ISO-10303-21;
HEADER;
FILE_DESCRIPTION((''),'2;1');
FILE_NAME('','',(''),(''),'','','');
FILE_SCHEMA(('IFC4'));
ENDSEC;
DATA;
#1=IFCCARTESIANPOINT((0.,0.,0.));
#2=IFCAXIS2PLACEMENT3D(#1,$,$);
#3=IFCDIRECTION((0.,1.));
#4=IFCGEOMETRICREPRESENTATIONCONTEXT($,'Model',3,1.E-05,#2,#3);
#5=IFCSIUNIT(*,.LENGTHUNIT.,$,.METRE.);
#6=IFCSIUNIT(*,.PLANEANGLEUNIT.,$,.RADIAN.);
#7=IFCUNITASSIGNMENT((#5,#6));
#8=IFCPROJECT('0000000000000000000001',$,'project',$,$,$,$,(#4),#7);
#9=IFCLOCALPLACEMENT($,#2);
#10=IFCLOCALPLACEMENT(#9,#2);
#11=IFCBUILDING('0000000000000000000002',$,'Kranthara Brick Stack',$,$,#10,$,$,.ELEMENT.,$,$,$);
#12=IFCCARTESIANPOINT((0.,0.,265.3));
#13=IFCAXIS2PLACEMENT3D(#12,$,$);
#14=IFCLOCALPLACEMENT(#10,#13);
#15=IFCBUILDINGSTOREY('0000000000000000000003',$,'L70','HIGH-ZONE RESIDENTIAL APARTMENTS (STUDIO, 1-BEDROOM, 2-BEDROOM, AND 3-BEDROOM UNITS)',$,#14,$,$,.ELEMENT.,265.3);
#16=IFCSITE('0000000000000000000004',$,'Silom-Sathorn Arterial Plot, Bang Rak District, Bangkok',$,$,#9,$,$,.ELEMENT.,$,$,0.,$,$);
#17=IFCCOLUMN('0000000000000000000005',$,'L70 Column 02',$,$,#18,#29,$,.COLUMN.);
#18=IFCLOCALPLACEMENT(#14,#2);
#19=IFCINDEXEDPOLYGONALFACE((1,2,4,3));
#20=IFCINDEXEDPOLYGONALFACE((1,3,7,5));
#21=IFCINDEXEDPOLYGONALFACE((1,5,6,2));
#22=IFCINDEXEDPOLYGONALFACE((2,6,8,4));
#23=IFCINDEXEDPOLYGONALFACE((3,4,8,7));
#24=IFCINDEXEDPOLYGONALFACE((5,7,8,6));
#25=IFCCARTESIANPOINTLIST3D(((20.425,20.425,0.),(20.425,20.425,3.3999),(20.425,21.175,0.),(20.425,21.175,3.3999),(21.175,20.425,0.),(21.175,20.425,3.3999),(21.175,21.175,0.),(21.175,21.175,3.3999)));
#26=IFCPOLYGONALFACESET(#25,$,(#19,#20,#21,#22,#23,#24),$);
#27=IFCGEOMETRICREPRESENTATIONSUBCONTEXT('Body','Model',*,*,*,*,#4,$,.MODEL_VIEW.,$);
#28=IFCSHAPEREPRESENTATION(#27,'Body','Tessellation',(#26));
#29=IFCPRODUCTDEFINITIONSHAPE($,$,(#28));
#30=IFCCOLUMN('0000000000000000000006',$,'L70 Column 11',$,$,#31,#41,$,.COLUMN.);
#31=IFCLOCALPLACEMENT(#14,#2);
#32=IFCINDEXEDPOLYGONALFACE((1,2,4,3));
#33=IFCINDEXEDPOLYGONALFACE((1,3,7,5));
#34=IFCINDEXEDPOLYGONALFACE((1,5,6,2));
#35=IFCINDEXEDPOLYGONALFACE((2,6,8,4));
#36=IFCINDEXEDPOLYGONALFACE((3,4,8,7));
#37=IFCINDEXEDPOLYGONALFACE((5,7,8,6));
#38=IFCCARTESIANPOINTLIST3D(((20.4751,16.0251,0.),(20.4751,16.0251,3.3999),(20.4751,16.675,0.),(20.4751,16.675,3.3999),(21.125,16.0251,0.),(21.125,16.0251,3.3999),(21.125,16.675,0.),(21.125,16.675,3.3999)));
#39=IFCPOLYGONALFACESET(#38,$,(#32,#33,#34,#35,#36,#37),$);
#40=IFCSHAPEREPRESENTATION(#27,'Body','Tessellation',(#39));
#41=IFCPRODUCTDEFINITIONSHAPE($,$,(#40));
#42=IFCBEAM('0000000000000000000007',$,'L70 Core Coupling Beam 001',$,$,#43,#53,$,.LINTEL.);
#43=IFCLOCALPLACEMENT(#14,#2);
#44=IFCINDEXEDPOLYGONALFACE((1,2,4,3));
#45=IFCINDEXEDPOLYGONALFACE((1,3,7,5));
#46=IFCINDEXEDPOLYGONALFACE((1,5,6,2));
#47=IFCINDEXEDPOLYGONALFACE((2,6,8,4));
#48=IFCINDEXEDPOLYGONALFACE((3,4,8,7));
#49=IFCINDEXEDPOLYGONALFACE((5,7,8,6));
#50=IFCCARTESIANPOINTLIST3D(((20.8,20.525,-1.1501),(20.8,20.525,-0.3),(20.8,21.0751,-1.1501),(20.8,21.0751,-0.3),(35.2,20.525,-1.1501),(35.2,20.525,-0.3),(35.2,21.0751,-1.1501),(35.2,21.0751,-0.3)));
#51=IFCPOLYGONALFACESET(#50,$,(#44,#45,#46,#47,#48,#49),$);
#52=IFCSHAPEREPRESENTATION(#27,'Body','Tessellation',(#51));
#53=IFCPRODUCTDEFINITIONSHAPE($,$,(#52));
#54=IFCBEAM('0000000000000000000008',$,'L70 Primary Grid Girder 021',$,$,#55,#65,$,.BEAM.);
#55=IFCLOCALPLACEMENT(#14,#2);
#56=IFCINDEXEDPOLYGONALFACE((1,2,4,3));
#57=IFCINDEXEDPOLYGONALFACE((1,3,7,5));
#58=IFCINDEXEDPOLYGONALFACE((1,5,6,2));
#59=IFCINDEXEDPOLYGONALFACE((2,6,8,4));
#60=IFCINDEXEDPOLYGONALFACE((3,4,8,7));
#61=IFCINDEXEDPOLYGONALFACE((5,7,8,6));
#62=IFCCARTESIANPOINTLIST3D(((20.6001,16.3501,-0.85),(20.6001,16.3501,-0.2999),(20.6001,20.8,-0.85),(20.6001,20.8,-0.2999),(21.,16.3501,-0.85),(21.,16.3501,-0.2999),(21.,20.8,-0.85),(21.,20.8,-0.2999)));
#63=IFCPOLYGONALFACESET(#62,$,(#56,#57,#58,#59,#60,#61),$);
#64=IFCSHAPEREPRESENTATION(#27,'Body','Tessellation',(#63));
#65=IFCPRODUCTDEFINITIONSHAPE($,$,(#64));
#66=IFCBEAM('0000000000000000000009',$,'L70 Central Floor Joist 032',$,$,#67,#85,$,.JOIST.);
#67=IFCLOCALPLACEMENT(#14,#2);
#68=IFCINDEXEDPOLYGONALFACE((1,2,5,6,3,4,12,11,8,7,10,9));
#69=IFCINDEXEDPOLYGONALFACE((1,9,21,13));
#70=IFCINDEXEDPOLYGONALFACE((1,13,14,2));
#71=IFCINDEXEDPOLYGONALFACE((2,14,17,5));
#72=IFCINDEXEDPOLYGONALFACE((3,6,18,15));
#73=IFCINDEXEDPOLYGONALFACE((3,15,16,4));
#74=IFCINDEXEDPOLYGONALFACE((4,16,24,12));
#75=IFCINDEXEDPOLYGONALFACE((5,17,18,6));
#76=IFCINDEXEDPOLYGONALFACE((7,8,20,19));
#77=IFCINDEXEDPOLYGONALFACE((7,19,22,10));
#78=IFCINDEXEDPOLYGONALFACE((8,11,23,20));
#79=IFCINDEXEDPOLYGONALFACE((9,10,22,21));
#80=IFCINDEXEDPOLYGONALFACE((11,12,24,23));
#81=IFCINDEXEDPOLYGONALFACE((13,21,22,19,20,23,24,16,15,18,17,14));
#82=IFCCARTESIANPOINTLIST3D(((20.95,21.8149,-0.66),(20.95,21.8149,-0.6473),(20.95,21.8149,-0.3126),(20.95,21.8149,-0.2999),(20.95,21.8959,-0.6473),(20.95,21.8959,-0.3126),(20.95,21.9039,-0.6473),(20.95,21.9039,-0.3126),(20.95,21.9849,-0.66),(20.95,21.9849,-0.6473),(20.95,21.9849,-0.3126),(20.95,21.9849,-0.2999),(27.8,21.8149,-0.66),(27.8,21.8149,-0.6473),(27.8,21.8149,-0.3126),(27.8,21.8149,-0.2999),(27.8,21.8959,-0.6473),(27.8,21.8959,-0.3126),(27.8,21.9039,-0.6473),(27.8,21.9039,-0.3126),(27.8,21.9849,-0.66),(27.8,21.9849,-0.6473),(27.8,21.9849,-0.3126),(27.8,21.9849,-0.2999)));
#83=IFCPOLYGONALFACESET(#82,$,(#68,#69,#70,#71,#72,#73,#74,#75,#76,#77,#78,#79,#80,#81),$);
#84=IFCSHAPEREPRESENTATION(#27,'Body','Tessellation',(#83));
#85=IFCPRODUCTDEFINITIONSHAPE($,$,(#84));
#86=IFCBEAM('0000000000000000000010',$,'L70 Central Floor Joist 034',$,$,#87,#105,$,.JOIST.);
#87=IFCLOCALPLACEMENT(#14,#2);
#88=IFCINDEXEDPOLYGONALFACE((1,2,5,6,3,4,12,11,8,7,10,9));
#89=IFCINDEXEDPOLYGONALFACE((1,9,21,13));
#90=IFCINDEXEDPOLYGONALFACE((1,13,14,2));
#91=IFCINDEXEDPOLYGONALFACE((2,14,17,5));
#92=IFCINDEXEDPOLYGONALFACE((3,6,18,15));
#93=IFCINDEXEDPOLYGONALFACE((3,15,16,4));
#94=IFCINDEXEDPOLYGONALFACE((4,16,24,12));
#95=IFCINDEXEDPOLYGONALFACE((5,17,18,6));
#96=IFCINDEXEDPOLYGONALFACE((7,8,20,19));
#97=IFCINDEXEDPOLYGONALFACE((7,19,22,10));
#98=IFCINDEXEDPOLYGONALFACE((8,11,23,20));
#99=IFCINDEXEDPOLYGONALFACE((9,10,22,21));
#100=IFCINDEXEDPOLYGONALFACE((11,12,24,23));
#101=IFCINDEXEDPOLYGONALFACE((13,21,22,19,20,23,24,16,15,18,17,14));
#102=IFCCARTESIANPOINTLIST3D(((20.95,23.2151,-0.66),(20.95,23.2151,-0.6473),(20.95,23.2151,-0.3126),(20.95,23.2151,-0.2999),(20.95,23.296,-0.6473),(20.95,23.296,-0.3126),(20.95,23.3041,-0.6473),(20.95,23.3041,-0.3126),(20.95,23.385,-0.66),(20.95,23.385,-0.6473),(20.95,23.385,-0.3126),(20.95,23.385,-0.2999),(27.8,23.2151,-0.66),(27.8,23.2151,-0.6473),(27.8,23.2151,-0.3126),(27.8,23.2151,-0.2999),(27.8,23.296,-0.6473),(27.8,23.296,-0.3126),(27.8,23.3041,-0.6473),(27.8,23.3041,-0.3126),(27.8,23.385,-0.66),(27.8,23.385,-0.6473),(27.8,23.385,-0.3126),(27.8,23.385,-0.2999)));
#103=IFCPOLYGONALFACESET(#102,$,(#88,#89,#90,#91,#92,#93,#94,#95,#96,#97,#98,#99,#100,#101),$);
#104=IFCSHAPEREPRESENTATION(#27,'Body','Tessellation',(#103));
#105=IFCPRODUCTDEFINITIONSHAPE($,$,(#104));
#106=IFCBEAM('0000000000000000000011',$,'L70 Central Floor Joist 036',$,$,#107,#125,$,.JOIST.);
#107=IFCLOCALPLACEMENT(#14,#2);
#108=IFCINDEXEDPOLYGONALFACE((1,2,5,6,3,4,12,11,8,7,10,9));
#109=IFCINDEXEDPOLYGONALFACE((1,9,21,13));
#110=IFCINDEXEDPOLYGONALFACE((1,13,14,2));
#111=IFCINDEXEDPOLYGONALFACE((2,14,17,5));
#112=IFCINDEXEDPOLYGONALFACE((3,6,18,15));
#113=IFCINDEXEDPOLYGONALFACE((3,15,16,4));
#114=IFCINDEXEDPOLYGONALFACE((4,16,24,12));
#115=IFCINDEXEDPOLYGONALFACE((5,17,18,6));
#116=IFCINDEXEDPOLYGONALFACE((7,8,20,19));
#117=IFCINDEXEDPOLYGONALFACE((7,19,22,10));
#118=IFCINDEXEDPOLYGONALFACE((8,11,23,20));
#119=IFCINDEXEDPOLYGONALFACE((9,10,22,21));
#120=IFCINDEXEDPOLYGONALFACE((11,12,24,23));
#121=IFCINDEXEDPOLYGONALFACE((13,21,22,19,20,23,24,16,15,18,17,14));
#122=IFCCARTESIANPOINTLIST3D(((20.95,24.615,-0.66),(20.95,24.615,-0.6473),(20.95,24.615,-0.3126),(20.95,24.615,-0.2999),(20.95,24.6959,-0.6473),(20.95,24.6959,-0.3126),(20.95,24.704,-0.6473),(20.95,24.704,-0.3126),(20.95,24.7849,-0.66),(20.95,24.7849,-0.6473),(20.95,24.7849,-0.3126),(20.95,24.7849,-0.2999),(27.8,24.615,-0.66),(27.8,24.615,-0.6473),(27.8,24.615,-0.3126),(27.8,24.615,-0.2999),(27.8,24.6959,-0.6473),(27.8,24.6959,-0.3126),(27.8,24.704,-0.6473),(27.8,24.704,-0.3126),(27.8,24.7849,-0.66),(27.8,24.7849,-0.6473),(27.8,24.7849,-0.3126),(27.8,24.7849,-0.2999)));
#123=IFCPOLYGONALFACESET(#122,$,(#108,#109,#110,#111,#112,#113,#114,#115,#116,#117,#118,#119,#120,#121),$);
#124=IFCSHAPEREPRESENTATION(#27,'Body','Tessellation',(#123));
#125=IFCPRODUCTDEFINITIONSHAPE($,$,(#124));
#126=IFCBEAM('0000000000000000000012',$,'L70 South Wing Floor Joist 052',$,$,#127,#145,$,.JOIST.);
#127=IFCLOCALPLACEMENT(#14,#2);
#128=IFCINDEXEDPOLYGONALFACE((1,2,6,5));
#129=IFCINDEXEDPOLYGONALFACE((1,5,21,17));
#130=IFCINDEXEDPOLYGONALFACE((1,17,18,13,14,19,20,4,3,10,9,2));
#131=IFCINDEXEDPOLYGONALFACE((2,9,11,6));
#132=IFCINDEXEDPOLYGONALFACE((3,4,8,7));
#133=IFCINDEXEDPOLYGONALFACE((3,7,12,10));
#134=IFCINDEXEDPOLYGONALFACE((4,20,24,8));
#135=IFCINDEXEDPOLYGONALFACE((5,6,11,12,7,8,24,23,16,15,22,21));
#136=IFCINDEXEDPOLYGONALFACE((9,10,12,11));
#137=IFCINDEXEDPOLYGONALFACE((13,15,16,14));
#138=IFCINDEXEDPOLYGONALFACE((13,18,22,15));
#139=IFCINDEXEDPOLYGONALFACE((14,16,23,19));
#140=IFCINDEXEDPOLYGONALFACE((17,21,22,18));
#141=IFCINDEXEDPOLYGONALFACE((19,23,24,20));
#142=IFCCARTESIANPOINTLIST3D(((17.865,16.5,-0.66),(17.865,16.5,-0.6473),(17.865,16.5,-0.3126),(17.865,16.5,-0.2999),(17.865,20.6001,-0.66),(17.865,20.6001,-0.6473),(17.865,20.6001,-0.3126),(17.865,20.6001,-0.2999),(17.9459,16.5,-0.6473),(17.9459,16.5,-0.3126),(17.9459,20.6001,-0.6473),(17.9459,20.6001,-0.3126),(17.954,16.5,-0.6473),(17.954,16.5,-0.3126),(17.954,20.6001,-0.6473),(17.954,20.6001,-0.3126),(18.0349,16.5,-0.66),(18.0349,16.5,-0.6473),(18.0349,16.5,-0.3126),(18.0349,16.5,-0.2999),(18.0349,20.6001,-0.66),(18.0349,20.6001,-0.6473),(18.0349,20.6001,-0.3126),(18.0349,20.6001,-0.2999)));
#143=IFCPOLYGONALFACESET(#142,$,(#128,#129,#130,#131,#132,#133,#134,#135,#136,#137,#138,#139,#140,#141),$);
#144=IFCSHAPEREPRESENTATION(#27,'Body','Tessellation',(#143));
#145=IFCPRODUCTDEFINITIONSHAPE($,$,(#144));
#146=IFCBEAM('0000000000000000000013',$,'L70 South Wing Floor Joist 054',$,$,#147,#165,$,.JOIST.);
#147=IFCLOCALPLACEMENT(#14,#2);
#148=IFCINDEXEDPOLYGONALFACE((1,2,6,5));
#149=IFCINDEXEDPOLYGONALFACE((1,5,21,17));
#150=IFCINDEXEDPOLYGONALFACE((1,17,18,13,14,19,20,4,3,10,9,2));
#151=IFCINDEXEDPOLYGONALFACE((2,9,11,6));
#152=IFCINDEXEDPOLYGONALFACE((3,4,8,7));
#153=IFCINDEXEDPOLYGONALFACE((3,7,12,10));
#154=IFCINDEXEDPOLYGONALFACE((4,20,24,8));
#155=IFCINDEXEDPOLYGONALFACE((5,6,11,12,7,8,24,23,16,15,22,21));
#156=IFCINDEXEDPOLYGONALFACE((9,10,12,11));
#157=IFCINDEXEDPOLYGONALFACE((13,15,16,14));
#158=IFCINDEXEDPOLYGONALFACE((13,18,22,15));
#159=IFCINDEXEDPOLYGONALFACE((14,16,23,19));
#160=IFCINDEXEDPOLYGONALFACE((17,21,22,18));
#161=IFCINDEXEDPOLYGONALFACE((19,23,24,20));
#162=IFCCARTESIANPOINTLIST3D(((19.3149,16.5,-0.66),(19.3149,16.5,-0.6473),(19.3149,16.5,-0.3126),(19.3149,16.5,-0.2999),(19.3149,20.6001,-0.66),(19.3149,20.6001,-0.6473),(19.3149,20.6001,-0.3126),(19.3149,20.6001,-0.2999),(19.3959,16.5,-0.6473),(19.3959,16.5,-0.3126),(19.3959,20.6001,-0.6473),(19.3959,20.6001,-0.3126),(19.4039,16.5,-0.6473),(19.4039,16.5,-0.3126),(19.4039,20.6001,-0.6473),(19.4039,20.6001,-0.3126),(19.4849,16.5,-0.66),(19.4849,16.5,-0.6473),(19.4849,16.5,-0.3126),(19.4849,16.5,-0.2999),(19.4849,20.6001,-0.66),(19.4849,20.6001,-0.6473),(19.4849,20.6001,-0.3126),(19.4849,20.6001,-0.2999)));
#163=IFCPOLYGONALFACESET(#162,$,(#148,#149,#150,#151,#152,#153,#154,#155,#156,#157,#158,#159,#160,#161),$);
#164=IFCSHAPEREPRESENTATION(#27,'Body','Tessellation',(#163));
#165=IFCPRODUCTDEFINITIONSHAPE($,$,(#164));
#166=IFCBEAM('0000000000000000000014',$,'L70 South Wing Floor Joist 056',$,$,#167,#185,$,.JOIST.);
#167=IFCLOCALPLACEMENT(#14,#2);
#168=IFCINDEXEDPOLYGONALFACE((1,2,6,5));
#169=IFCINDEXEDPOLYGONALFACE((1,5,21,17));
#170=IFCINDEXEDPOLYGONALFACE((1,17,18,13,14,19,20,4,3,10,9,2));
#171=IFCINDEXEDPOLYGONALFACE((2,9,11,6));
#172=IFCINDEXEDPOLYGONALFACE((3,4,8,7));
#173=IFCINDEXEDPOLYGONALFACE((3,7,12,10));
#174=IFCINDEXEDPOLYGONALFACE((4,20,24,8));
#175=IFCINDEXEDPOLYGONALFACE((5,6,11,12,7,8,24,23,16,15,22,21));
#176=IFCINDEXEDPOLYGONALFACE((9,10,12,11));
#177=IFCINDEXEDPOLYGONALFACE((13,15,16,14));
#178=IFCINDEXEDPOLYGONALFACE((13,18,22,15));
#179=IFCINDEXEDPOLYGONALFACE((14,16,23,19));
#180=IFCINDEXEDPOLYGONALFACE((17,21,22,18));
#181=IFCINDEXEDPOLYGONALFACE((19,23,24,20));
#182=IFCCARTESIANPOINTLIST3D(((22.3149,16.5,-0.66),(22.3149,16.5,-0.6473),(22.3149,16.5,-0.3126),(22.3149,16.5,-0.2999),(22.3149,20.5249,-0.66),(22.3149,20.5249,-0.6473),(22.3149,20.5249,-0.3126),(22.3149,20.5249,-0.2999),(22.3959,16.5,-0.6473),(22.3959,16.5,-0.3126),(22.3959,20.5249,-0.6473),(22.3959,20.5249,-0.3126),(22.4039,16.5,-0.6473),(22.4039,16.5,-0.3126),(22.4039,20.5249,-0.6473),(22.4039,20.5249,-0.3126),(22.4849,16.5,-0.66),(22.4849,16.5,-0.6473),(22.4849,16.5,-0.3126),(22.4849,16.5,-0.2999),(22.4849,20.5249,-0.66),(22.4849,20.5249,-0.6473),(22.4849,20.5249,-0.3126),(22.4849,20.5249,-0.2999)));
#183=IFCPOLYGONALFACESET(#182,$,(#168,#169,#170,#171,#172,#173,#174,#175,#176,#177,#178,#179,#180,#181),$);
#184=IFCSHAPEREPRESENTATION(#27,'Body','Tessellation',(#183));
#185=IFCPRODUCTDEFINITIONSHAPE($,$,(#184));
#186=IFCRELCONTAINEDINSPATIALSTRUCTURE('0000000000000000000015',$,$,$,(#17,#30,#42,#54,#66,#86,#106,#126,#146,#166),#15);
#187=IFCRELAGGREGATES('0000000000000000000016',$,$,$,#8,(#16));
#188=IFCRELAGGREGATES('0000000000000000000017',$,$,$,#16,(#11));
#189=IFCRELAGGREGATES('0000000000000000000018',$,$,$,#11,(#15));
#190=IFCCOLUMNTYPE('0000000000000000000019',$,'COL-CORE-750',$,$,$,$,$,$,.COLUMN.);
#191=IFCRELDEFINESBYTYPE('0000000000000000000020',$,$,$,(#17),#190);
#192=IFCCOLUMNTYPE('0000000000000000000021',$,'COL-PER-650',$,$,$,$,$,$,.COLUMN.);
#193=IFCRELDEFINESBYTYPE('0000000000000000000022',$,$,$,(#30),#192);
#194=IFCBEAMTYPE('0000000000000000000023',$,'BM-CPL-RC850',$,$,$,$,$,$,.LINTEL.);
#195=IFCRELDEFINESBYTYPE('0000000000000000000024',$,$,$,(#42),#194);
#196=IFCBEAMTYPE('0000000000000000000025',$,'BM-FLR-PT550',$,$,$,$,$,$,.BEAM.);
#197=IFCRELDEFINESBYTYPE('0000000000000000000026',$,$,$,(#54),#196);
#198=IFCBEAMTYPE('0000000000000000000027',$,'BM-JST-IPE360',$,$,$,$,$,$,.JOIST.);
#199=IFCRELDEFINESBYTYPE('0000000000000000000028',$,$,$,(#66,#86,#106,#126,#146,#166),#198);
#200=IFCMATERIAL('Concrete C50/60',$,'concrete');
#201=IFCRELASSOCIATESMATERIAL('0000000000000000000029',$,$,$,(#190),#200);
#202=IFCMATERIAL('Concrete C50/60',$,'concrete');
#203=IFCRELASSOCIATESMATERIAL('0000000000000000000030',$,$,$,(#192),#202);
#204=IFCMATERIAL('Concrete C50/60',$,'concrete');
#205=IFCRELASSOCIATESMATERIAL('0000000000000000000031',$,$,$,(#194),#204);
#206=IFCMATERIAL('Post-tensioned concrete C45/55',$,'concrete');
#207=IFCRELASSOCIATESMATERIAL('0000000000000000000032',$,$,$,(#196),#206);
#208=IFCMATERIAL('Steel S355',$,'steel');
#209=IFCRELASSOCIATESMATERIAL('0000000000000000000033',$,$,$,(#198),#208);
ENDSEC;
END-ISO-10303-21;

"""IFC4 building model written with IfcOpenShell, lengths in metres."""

from ifc_helpers import new_model, si_unit, direction, frame, origin, origin_2d, place, context, subcontext, project, spatial, rectangle, i_section, extrude, material, material_profile, profile_set, type_object, element, save


model = new_model("IFC4")

# Units and contexts
model_context = context("Model", 3, precision=1e-05, world=origin(), true_north=direction((0.0, 1.0)))
body_context = subcontext(model_context, "Body", "Model", "MODEL_VIEW")
ifc_project = project(units=[si_unit("LENGTHUNIT", "METRE"), si_unit("PLANEANGLEUNIT", "RADIAN")], contexts=[model_context])

# Site, building, storey
site_placement = place(None, origin())
site = spatial("IfcSite", under=ifc_project, at=site_placement, Name="Silom-Sathorn Arterial Plot, Bang Rak District, Bangkok", CompositionType="ELEMENT", RefElevation=0.0)
building_placement = place(site_placement, origin())
building = spatial("IfcBuilding", under=site, at=building_placement, Name="Kranthara Brick Stack", CompositionType="ELEMENT")
storey_placement = place(building_placement, frame((0.0, 0.0, 265.3)))
storey = spatial("IfcBuildingStorey", under=building, at=storey_placement, Name="L70", Description="HIGH-ZONE RESIDENTIAL APARTMENTS (STUDIO, 1-BEDROOM, 2-BEDROOM, AND 3-BEDROOM UNITS)", CompositionType="ELEMENT", Elevation=265.3)

# Columns
ifc_material_1 = material(Name="Concrete C50/60", Category="concrete")
ifc_material_profile_1 = material_profile(ifc_material_1, rectangle(XDim=0.75, YDim=0.75, at=origin_2d()), Name="RC 750x750")
ifc_profile_set_1 = profile_set([ifc_material_profile_1], Name="Concrete C50/60")
column_type_1 = type_object("IfcColumnType", Name="COL-CORE-750", PredefinedType="COLUMN", material=ifc_profile_set_1)
column_1_placement = place(storey_placement, frame((20.8, 20.8, 0.0), z_axis=(0.0, 0.0, 1.0), x_axis=(1.0, 0.0, 0.0)))
element("IfcColumn", 1, at=column_1_placement, inside=storey, type_object=column_type_1, Name="L70 Column 02", PredefinedType="COLUMN", context=body_context, shape_type="SweptSolid", body=[
    extrude(rectangle(XDim=0.75, YDim=0.75, at=origin_2d()), origin(), (0.0, 0.0, 1.0), 3.3999),
])
ifc_material_2 = material(Name="Concrete C50/60", Category="concrete")
ifc_material_profile_2 = material_profile(ifc_material_2, rectangle(XDim=0.6499, YDim=0.6499, at=origin_2d()), Name="RC 650x650")
ifc_profile_set_2 = profile_set([ifc_material_profile_2], Name="Concrete C50/60")
column_type_2 = type_object("IfcColumnType", Name="COL-PER-650", PredefinedType="COLUMN", material=ifc_profile_set_2)
column_2_placement = place(storey_placement, frame((20.8, 16.3501, 0.0), z_axis=(0.0, 0.0, 1.0), x_axis=(1.0, 0.0, 0.0)))
element("IfcColumn", 2, at=column_2_placement, inside=storey, type_object=column_type_2, Name="L70 Column 11", PredefinedType="COLUMN", context=body_context, shape_type="SweptSolid", body=[
    extrude(rectangle(XDim=0.6499, YDim=0.6499, at=origin_2d()), origin(), (0.0, 0.0, 1.0), 3.3999),
])

# Beams
ifc_material_3 = material(Name="Concrete C50/60", Category="concrete")
ifc_material_profile_3 = material_profile(ifc_material_3, rectangle(XDim=0.55, YDim=0.8501, at=origin_2d()), Name="RC 550x850")
ifc_profile_set_3 = profile_set([ifc_material_profile_3], Name="Concrete C50/60")
beam_type_1 = type_object("IfcBeamType", Name="BM-CPL-RC850", PredefinedType="LINTEL", material=ifc_profile_set_3)
beam_1_placement = place(storey_placement, frame((20.8, 20.8, -0.7251), z_axis=(1.0, 0.0, 0.0), x_axis=(0.0, 1.0, 0.0)))
element("IfcBeam", 3, at=beam_1_placement, inside=storey, type_object=beam_type_1, Name="L70 Core Coupling Beam 001", PredefinedType="LINTEL", context=body_context, shape_type="SweptSolid", body=[
    extrude(rectangle(XDim=0.55, YDim=0.8501, at=origin_2d()), origin(), (0.0, 0.0, 1.0), 14.3999),
])
ifc_material_4 = material(Name="Post-tensioned concrete C45/55", Category="concrete")
ifc_material_profile_4 = material_profile(ifc_material_4, rectangle(XDim=0.3999, YDim=0.55, at=origin_2d()), Name="PT 400x550")
ifc_profile_set_4 = profile_set([ifc_material_profile_4], Name="Post-tensioned concrete C45/55")
beam_type_2 = type_object("IfcBeamType", Name="BM-FLR-PT550", PredefinedType="BEAM", material=ifc_profile_set_4)
beam_2_placement = place(storey_placement, frame((20.8, 16.3501, -0.575), z_axis=(0.0, 1.0, 0.0), x_axis=(-1.0, 0.0, 0.0)))
element("IfcBeam", 4, at=beam_2_placement, inside=storey, type_object=beam_type_2, Name="L70 Primary Grid Girder 021", PredefinedType="BEAM", context=body_context, shape_type="SweptSolid", body=[
    extrude(rectangle(XDim=0.3999, YDim=0.55, at=origin_2d()), origin(), (0.0, 0.0, 1.0), 4.45),
])
ifc_material_5 = material(Name="Steel S355", Category="steel")
ifc_material_profile_5 = material_profile(ifc_material_5, i_section(OverallWidth=0.1699, OverallDepth=0.3601, WebThickness=0.0081, FlangeThickness=0.0127, at=origin_2d()), Name="IPE 360")
ifc_profile_set_5 = profile_set([ifc_material_profile_5], Name="Steel S355")
beam_type_3 = type_object("IfcBeamType", Name="BM-JST-IPE360", PredefinedType="JOIST", material=ifc_profile_set_5)
for number, where, z_axis, x_axis, name in (
    (5, (20.95, 21.8999, -0.48), (1.0, 0.0, 0.0), (0.0, 1.0, 0.0), "L70 Central Floor Joist 032"),
    (6, (20.95, 23.3, -0.48), (1.0, 0.0, 0.0), (0.0, 1.0, 0.0), "L70 Central Floor Joist 034"),
    (7, (20.95, 24.7, -0.48), (1.0, 0.0, 0.0), (0.0, 1.0, 0.0), "L70 Central Floor Joist 036"),
):
    element("IfcBeam", number, at=place(storey_placement, frame(where, z_axis=z_axis, x_axis=x_axis)), inside=storey, type_object=beam_type_3, Name=name, PredefinedType="JOIST", context=body_context, shape_type="SweptSolid", body=[
        extrude(i_section(OverallWidth=0.1699, OverallDepth=0.3601, WebThickness=0.0081, FlangeThickness=0.0127, at=origin_2d()), origin(), (0.0, 0.0, 1.0), 6.8501),
    ])
for number, where, z_axis, x_axis, name in (
    (8, (17.95, 16.5, -0.48), (0.0, 1.0, 0.0), (-1.0, 0.0, 0.0), "L70 South Wing Floor Joist 052"),
    (9, (19.3999, 16.5, -0.48), (0.0, 1.0, 0.0), (-1.0, 0.0, 0.0), "L70 South Wing Floor Joist 054"),
):
    element("IfcBeam", number, at=place(storey_placement, frame(where, z_axis=z_axis, x_axis=x_axis)), inside=storey, type_object=beam_type_3, Name=name, PredefinedType="JOIST", context=body_context, shape_type="SweptSolid", body=[
        extrude(i_section(OverallWidth=0.1699, OverallDepth=0.3601, WebThickness=0.0081, FlangeThickness=0.0127, at=origin_2d()), origin(), (0.0, 0.0, 1.0), 4.1001),
    ])
for number, where, z_axis, x_axis, name in (
    (10, (22.3999, 16.5, -0.48), (0.0, 1.0, 0.0), (-1.0, 0.0, 0.0), "L70 South Wing Floor Joist 056"),
):
    element("IfcBeam", number, at=place(storey_placement, frame(where, z_axis=z_axis, x_axis=x_axis)), inside=storey, type_object=beam_type_3, Name=name, PredefinedType="JOIST", context=body_context, shape_type="SweptSolid", body=[
        extrude(i_section(OverallWidth=0.1699, OverallDepth=0.3601, WebThickness=0.0081, FlangeThickness=0.0127, at=origin_2d()), origin(), (0.0, 0.0, 1.0), 4.0249),
    ])

save(model, "model.ifc")
